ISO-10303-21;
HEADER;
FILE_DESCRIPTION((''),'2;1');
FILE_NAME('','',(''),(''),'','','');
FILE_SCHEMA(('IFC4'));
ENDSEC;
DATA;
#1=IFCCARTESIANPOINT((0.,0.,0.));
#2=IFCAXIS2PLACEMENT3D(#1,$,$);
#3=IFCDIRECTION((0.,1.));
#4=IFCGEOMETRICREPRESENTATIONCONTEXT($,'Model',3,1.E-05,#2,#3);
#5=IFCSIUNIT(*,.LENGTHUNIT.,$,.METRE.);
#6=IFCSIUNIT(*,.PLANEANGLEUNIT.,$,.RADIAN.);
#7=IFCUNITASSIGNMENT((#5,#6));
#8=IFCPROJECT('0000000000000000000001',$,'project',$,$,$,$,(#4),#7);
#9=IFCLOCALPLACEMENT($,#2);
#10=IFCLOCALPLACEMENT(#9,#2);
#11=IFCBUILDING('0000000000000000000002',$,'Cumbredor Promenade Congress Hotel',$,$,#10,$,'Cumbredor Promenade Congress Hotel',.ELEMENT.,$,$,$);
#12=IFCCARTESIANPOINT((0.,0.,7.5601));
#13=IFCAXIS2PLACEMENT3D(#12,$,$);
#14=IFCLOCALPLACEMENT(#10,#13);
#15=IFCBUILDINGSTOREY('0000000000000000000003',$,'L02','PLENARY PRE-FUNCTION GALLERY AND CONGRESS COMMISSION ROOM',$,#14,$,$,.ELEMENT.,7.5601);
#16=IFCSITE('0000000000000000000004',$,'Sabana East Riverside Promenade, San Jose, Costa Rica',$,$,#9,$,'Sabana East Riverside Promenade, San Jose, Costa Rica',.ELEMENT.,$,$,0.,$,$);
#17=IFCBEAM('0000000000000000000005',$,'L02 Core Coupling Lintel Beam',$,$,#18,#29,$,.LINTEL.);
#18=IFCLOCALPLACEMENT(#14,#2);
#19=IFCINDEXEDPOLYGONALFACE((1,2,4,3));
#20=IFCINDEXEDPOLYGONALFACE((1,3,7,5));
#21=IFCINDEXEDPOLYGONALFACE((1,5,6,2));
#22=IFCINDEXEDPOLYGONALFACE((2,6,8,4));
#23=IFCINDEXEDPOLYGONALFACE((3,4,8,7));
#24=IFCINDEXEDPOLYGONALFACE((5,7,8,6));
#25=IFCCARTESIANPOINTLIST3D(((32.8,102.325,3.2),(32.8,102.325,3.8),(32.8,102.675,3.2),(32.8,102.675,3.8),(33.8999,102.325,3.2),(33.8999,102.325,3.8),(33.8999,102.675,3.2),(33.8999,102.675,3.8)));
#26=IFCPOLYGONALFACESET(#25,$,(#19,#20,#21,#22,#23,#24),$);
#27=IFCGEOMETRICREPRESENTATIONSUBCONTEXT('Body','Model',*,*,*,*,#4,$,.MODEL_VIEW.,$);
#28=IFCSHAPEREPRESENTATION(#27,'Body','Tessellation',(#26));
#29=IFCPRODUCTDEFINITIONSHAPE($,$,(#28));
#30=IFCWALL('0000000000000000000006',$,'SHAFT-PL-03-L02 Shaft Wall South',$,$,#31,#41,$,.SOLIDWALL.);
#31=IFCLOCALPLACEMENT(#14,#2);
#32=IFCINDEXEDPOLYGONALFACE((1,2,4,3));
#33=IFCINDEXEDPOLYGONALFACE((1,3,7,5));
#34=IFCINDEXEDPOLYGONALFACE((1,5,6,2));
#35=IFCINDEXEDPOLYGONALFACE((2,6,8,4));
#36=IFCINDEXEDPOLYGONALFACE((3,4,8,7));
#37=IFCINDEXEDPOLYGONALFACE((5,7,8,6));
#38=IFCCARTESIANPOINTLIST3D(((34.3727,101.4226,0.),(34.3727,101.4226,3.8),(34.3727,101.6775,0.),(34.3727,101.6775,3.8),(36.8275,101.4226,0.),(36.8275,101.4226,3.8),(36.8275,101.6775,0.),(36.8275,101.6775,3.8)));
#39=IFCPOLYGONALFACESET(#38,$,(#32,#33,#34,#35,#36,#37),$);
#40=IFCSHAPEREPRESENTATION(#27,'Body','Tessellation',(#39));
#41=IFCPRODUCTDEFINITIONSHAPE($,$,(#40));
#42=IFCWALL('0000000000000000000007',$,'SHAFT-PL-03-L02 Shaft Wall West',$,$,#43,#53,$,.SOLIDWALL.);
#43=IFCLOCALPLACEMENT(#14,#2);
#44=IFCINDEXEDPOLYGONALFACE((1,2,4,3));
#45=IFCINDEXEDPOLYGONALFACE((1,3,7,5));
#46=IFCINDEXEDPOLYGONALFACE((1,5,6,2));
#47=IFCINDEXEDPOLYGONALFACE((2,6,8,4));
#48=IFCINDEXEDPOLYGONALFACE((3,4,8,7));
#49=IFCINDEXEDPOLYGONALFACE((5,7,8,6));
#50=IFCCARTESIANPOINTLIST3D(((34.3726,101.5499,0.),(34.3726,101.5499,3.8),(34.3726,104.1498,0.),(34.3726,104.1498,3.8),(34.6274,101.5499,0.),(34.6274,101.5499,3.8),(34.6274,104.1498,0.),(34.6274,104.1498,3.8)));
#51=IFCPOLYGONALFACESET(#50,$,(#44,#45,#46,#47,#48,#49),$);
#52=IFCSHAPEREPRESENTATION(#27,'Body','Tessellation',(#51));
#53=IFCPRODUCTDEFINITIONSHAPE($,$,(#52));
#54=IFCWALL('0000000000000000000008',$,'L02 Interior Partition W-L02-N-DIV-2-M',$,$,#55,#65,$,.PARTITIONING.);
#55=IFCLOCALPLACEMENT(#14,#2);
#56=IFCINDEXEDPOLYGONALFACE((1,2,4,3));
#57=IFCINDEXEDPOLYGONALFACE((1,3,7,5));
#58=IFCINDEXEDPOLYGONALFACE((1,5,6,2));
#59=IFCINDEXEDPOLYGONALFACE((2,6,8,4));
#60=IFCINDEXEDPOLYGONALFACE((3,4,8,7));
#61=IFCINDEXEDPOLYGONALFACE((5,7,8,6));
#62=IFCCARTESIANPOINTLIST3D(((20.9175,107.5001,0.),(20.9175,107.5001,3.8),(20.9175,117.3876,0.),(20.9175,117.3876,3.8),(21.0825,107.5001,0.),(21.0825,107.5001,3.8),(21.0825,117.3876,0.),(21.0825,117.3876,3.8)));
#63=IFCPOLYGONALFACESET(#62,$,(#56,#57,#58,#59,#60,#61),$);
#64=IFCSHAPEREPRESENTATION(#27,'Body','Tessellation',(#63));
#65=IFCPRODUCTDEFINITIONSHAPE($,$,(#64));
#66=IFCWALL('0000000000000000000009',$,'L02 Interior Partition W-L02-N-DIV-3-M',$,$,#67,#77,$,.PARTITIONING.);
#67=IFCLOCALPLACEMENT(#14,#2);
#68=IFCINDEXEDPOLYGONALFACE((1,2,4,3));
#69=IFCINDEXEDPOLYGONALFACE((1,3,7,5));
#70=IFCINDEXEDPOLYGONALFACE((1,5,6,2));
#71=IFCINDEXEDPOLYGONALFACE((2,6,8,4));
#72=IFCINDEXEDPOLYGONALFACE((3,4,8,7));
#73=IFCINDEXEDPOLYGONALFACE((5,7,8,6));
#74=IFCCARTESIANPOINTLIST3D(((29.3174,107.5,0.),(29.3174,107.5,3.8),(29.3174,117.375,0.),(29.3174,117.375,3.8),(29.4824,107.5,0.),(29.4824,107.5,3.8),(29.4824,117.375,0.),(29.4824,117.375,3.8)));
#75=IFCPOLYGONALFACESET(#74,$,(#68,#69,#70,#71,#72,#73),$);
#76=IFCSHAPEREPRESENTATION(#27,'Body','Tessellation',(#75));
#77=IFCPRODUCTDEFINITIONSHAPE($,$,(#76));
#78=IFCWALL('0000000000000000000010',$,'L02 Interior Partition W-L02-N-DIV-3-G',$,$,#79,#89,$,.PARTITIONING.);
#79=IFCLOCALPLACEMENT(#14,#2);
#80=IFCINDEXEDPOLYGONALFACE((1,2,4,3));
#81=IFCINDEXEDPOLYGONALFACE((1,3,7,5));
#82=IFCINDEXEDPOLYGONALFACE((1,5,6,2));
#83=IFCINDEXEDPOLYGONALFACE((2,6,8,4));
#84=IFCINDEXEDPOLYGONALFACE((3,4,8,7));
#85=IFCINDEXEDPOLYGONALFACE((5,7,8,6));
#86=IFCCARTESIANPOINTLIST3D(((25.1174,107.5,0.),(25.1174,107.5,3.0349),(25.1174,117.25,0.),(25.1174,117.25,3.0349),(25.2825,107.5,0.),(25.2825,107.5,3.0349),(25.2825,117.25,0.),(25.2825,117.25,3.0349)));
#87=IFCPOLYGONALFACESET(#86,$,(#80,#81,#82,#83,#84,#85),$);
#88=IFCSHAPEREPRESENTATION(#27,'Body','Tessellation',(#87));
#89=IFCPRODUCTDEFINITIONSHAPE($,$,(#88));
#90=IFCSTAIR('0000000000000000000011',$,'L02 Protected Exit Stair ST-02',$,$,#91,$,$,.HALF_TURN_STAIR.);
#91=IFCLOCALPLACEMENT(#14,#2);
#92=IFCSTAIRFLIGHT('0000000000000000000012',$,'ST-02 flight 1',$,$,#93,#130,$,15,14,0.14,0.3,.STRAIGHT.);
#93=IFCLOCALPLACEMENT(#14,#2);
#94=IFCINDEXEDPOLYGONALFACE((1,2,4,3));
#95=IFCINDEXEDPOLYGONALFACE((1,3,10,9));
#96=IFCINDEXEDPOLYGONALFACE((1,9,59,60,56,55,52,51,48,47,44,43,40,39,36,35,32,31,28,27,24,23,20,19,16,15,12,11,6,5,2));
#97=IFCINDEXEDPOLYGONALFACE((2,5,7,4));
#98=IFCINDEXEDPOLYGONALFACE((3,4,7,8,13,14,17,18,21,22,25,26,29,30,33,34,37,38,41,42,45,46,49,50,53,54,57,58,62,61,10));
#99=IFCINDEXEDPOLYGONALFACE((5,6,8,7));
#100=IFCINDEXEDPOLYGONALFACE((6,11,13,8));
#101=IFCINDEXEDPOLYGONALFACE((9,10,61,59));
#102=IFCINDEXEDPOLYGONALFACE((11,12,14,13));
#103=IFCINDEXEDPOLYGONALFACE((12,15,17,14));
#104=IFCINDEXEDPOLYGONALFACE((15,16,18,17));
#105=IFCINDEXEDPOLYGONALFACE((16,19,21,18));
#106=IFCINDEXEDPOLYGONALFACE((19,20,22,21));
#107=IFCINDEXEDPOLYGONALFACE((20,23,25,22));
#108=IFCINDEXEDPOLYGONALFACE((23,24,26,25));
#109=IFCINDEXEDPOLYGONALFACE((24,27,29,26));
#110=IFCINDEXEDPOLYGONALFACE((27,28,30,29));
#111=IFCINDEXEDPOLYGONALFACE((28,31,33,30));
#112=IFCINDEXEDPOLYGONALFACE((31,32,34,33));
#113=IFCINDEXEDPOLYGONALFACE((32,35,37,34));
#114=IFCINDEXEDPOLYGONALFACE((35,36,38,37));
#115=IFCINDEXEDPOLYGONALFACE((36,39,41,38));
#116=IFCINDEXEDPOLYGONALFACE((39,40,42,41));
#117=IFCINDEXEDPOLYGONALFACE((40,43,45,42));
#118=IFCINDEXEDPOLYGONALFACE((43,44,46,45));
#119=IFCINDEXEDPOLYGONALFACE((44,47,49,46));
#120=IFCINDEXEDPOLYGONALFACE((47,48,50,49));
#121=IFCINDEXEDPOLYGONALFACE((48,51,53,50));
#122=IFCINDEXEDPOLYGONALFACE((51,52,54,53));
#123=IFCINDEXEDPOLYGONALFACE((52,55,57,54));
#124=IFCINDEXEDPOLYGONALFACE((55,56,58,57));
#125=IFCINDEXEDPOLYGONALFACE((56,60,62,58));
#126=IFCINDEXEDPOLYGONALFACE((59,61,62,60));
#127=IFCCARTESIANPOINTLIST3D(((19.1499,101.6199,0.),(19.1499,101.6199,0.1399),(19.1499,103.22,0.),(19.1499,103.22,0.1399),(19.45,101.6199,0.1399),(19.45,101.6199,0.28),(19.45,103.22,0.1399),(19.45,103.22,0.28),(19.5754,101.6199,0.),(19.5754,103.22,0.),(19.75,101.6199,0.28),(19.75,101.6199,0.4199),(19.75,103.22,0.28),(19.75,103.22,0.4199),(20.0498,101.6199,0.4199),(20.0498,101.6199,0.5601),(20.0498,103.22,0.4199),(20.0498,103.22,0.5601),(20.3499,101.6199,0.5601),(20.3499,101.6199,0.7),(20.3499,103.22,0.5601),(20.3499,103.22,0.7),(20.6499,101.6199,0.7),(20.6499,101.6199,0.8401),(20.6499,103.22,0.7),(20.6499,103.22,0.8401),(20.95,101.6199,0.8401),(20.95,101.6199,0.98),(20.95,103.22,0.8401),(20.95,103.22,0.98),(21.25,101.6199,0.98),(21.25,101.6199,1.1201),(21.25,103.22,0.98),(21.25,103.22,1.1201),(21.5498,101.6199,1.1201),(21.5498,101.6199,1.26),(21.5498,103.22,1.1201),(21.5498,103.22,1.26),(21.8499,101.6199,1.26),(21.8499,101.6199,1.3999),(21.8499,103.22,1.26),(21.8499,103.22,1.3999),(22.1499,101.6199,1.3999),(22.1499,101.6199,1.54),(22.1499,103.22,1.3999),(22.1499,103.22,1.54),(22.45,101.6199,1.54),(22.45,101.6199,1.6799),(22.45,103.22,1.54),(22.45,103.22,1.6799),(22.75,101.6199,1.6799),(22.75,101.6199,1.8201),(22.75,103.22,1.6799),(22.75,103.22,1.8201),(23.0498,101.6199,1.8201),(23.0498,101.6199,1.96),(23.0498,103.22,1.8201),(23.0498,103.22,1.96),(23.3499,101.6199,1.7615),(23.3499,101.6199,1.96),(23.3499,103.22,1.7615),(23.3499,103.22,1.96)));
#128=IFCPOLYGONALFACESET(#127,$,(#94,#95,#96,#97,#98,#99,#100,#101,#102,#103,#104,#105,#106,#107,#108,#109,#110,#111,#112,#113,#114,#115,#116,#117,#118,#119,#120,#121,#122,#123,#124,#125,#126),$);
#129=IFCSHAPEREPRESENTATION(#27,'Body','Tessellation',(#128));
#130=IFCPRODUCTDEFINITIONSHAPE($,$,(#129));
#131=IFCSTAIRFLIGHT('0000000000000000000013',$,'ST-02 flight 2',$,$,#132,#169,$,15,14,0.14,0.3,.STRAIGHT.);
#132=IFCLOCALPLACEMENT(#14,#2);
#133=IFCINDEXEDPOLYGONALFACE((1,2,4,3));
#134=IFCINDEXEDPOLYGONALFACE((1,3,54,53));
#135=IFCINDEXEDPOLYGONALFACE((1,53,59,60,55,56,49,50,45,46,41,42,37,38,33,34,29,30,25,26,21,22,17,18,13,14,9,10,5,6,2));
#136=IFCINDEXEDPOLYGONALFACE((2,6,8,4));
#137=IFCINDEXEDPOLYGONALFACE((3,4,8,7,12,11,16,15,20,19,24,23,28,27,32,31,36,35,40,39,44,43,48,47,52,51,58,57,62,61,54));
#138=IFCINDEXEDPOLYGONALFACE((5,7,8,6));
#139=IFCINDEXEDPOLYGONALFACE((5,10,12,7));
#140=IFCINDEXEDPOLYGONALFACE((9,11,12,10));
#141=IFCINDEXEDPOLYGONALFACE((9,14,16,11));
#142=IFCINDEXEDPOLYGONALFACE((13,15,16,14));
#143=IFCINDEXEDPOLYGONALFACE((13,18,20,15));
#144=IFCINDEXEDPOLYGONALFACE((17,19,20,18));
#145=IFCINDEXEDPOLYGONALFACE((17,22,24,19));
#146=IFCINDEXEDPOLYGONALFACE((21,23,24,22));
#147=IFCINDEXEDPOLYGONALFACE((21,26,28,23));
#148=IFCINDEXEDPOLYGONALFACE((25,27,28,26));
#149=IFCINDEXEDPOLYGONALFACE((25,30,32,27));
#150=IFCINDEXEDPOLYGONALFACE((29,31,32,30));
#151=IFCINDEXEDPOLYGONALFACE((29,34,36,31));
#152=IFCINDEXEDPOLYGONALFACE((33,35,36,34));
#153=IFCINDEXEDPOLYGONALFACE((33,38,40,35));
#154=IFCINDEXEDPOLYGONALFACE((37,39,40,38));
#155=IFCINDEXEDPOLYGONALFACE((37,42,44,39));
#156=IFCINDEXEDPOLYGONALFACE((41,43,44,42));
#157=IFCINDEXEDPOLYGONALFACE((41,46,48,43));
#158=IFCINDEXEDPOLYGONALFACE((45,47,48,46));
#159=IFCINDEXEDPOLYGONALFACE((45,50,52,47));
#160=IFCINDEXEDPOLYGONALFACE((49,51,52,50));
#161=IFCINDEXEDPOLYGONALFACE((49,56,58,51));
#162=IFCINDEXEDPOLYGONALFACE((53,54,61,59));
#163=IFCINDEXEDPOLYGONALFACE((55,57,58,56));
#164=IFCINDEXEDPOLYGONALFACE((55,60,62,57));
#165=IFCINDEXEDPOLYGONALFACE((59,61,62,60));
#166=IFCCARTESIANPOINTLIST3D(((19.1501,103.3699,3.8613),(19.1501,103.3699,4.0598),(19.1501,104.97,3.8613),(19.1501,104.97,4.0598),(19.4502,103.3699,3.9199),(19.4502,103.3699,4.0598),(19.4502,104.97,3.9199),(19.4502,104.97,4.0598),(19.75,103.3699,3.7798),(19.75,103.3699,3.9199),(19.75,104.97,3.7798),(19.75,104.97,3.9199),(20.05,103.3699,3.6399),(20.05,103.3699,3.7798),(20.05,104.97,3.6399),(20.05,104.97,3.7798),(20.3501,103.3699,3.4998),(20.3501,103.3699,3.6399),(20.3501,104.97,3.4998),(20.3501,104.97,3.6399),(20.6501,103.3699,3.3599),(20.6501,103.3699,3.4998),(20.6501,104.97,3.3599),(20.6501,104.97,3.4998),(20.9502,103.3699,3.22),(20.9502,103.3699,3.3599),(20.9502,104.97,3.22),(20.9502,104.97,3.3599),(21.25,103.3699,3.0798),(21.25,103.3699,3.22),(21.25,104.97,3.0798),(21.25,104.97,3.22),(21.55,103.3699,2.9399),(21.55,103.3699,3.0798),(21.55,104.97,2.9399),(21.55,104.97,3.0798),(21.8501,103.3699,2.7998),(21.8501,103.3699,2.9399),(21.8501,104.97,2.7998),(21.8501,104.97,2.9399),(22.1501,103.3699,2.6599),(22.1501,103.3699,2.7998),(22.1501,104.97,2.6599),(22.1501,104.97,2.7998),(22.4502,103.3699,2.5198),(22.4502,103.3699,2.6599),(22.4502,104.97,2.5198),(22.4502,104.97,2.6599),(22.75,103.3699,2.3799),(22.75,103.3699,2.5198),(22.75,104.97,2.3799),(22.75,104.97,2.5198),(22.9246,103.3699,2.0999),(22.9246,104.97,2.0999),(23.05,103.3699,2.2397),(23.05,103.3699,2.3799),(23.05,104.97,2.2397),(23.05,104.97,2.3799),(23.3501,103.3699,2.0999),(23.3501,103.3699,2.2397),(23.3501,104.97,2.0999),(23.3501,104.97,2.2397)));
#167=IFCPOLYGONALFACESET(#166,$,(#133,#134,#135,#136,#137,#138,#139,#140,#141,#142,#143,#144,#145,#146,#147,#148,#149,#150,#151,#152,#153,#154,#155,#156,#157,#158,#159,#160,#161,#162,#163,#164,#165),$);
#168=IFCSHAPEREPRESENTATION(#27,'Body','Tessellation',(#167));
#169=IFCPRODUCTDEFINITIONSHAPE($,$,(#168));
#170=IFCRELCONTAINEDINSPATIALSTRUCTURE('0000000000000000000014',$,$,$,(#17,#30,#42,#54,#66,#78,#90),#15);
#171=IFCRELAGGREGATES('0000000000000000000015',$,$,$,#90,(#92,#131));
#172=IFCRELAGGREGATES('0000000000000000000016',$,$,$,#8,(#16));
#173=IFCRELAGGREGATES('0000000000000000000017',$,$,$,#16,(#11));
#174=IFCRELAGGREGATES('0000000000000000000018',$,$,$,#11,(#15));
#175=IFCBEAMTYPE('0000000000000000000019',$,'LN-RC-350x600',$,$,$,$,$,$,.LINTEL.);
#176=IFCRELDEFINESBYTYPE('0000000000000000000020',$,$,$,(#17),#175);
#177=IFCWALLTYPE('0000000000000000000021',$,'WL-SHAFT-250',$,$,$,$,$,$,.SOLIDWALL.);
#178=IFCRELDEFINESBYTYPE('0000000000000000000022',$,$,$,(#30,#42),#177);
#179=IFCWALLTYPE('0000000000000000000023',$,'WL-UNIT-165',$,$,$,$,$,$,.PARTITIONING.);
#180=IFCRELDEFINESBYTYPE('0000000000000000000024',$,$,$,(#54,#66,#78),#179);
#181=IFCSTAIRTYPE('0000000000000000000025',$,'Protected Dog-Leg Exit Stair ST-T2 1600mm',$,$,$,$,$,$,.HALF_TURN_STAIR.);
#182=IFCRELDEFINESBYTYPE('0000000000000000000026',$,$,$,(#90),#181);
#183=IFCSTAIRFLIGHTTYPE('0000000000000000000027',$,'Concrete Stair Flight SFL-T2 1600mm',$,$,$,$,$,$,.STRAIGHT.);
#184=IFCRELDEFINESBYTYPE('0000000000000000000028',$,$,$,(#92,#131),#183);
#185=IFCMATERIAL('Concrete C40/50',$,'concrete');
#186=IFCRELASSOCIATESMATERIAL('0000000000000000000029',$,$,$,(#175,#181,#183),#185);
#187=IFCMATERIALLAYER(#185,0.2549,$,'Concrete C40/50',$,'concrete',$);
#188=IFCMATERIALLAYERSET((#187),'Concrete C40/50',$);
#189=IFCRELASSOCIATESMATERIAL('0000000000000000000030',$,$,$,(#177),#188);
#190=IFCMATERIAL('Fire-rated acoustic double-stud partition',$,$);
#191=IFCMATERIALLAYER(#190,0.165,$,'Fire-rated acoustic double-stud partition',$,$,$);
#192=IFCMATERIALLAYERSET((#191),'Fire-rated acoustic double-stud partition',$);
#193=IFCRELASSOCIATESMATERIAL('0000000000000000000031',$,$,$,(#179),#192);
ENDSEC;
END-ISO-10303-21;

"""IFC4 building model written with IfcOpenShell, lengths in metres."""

from ifc_helpers import new_model, si_unit, direction, frame, frame_2d, origin, origin_2d, place, context, subcontext, project, spatial, polyline, rectangle, outline, extrude, material, layer, layer_set, material_profile, profile_set, type_object, element, aggregate, save


model = new_model("IFC4")

# Units and contexts
model_context = context("Model", 3, precision=1e-05, world=origin(), true_north=direction((0.0, 1.0)))
body_context = subcontext(model_context, "Body", "Model", "MODEL_VIEW")
ifc_project = project(units=[si_unit("LENGTHUNIT", "METRE"), si_unit("PLANEANGLEUNIT", "RADIAN")], contexts=[model_context])

# Site, building, storey
site_placement = place(None, origin())
site = spatial("IfcSite", under=ifc_project, at=site_placement, Name="Sabana East Riverside Promenade, San Jose, Costa Rica", LongName="Sabana East Riverside Promenade, San Jose, Costa Rica", CompositionType="ELEMENT", RefElevation=0.0)
building_placement = place(site_placement, origin())
building = spatial("IfcBuilding", under=site, at=building_placement, Name="Cumbredor Promenade Congress Hotel", LongName="Cumbredor Promenade Congress Hotel", CompositionType="ELEMENT")
storey_placement = place(building_placement, frame((0.0, 0.0, 7.5601)))
storey = spatial("IfcBuildingStorey", under=building, at=storey_placement, Name="L02", Description="PLENARY PRE-FUNCTION GALLERY AND CONGRESS COMMISSION ROOM", CompositionType="ELEMENT", Elevation=7.5601)

# Beam
ifc_material_1 = material(Name="Concrete C40/50", Category="concrete")
ifc_material_profile = material_profile(ifc_material_1, rectangle(XDim=0.3501, YDim=0.6001, at=origin_2d()), Name="RC LINTEL 350x600")
ifc_profile_set = profile_set([ifc_material_profile], Name="Concrete C40/50")
beam_type = type_object("IfcBeamType", Name="LN-RC-350x600", PredefinedType="LINTEL", material=ifc_profile_set)
beam_placement = place(storey_placement, frame((32.8, 102.5, 3.5), z_axis=(1.0, 0.0, 0.0), x_axis=(0.0, 1.0, 0.0)))
element("IfcBeam", 1, at=beam_placement, inside=storey, type_object=beam_type, Name="L02 Core Coupling Lintel Beam", PredefinedType="LINTEL", context=body_context, shape_type="SweptSolid", body=[
    extrude(rectangle(XDim=0.3501, YDim=0.6001, at=origin_2d()), origin(), (0.0, 0.0, 1.0), 1.0999),
])

# Shared definitions
ifc_layer_1 = layer(ifc_material_1, 0.2549, Name="Concrete C40/50", Category="concrete")
ifc_layer_set_1 = layer_set([ifc_layer_1], Name="Concrete C40/50")
wall_type_1 = type_object("IfcWallType", Name="WL-SHAFT-250", PredefinedType="SOLIDWALL", material=ifc_layer_set_1)

# Wall
wall_1_placement = place(storey_placement, frame((34.3726, 101.55, 0.0), z_axis=(0.0, 0.0, 1.0), x_axis=(1.0, 0.0, 0.0)))
element("IfcWall", 2, at=wall_1_placement, inside=storey, type_object=wall_type_1, Name="SHAFT-PL-03-L02 Shaft Wall South", PredefinedType="SOLIDWALL", context=body_context, shape_type="SweptSolid", body=[
    extrude(rectangle(XDim=2.4548, YDim=0.2549, at=frame_2d((1.2275, 0.0))), origin(), (0.0, 0.0, 1.0), 3.8),
])

# Walls
wall_2_placement = place(storey_placement, frame((34.5, 101.55, 0.0), z_axis=(0.0, 0.0, 1.0), x_axis=(0.0, 1.0, 0.0)))
element("IfcWall", 3, at=wall_2_placement, inside=storey, type_object=wall_type_1, Name="SHAFT-PL-03-L02 Shaft Wall West", PredefinedType="SOLIDWALL", context=body_context, shape_type="SweptSolid", body=[
    extrude(rectangle(XDim=2.5999, YDim=0.2549, at=frame_2d((1.2998, 0.0))), origin(), (0.0, 0.0, 1.0), 3.8),
])
ifc_material_2 = material(Name="Fire-rated acoustic double-stud partition")
ifc_layer_2 = layer(ifc_material_2, 0.165, Name="Fire-rated acoustic double-stud partition")
ifc_layer_set_2 = layer_set([ifc_layer_2], Name="Fire-rated acoustic double-stud partition")
wall_type_2 = type_object("IfcWallType", Name="WL-UNIT-165", PredefinedType="PARTITIONING", material=ifc_layer_set_2)
wall_3_placement = place(storey_placement, frame((21.0, 107.5, 0.0), z_axis=(0.0, 0.0, 1.0), x_axis=(0.0, 1.0, 0.0)))
element("IfcWall", 4, at=wall_3_placement, inside=storey, type_object=wall_type_2, Name="L02 Interior Partition W-L02-N-DIV-2-M", PredefinedType="PARTITIONING", context=body_context, shape_type="SweptSolid", body=[
    extrude(rectangle(XDim=9.8875, YDim=0.165, at=frame_2d((4.9438, 0.0))), origin(), (0.0, 0.0, 1.0), 3.8),
])
wall_4_placement = place(storey_placement, frame((29.3999, 107.5, 0.0), z_axis=(0.0, 0.0, 1.0), x_axis=(0.0, 1.0, 0.0)))
element("IfcWall", 5, at=wall_4_placement, inside=storey, type_object=wall_type_2, Name="L02 Interior Partition W-L02-N-DIV-3-M", PredefinedType="PARTITIONING", context=body_context, shape_type="SweptSolid", body=[
    extrude(rectangle(XDim=9.875, YDim=0.165, at=frame_2d((4.9375, 0.0))), origin(), (0.0, 0.0, 1.0), 3.8),
])
wall_5_placement = place(storey_placement, frame((25.2, 107.5, 0.0), z_axis=(0.0, 0.0, 1.0), x_axis=(0.0, 1.0, 0.0)))
element("IfcWall", 6, at=wall_5_placement, inside=storey, type_object=wall_type_2, Name="L02 Interior Partition W-L02-N-DIV-3-G", PredefinedType="PARTITIONING", context=body_context, shape_type="SweptSolid", body=[
    extrude(rectangle(XDim=9.75, YDim=0.165, at=frame_2d((4.875, 0.0))), origin(), (0.0, 0.0, 1.0), 3.0349),
])

# Stair, stair flights
stair_type = type_object("IfcStairType", Name="Protected Dog-Leg Exit Stair ST-T2 1600mm", PredefinedType="HALF_TURN_STAIR", material=ifc_material_1)
stair_placement = place(storey_placement, origin())
stair = element("IfcStair", 7, at=stair_placement, inside=storey, type_object=stair_type, Name="L02 Protected Exit Stair ST-02", PredefinedType="HALF_TURN_STAIR")
stair_flight_type = type_object("IfcStairFlightType", Name="Concrete Stair Flight SFL-T2 1600mm", PredefinedType="STRAIGHT", material=ifc_material_1)
stair_flight_1_placement = place(storey_placement, frame((19.1499, 102.4199, 0.0), z_axis=(0.0, 0.0, 1.0), x_axis=(1.0, 0.0, 0.0)))
stair_flight_1 = element("IfcStairFlight", 8, at=stair_flight_1_placement, type_object=stair_flight_type, Name="ST-02 flight 1", NumberOfRisers=15, NumberOfTreads=14, PredefinedType="STRAIGHT", RiserHeight=0.14, TreadLength=0.3, context=body_context, shape_type="SweptSolid", body=[
    extrude(outline(polyline([(0.0, 0.0), (0.0, 0.1399), (0.3, 0.1399), (0.3, 0.28), (0.6001, 0.28), (0.6001, 0.4199), (0.8999, 0.4199), (0.8999, 0.5601), (1.2, 0.5601), (1.2, 0.7), (1.5, 0.7), (1.5, 0.8401), (1.8, 0.8401), (1.8, 0.98), (2.1001, 0.98), (2.1001, 1.1201), (2.3999, 1.1201), (2.3999, 1.26), (2.7, 1.26), (2.7, 1.3999), (3.0, 1.3999), (3.0, 1.54), (3.3, 1.54), (3.3, 1.6799), (3.6001, 1.6799), (3.6001, 1.8201), (3.8999, 1.8201), (3.8999, 1.96), (4.2, 1.96), (4.2, 2.1001), (4.2, 1.7615), (0.4255, 0.0), (0.0, 0.0)])), frame((0.0, 0.8, 0.0), z_axis=(0.0, -1.0, 0.0), x_axis=(1.0, 0.0, 0.0)), (0.0, 0.0, 1.0), 1.6001),
])
stair_flight_2_placement = place(storey_placement, frame((23.3501, 104.1699, 2.0999), z_axis=(0.0, 0.0, 1.0), x_axis=(-1.0, 0.0, 0.0)))
stair_flight_2 = element("IfcStairFlight", 9, at=stair_flight_2_placement, type_object=stair_flight_type, Name="ST-02 flight 2", NumberOfRisers=15, NumberOfTreads=14, PredefinedType="STRAIGHT", RiserHeight=0.14, TreadLength=0.3, context=body_context, shape_type="SweptSolid", body=[
    extrude(outline(polyline([(0.0, 0.0), (0.0, 0.1399), (0.3, 0.1399), (0.3, 0.28), (0.6001, 0.28), (0.6001, 0.4199), (0.8999, 0.4199), (0.8999, 0.5601), (1.2, 0.5601), (1.2, 0.7), (1.5, 0.7), (1.5, 0.8401), (1.8, 0.8401), (1.8, 0.98), (2.1001, 0.98), (2.1001, 1.1201), (2.3999, 1.1201), (2.3999, 1.26), (2.7, 1.26), (2.7, 1.3999), (3.0, 1.3999), (3.0, 1.54), (3.3, 1.54), (3.3, 1.6799), (3.6001, 1.6799), (3.6001, 1.8201), (3.8999, 1.8201), (3.8999, 1.96), (4.2, 1.96), (4.2, 2.1001), (4.2, 1.7615), (0.4255, 0.0), (0.0, 0.0)])), frame((0.0, 0.8, 0.0), z_axis=(0.0, -1.0, 0.0), x_axis=(1.0, 0.0, 0.0)), (0.0, 0.0, 1.0), 1.6001),
])
aggregate(stair, [stair_flight_1, stair_flight_2])

save(model, "model.ifc")
